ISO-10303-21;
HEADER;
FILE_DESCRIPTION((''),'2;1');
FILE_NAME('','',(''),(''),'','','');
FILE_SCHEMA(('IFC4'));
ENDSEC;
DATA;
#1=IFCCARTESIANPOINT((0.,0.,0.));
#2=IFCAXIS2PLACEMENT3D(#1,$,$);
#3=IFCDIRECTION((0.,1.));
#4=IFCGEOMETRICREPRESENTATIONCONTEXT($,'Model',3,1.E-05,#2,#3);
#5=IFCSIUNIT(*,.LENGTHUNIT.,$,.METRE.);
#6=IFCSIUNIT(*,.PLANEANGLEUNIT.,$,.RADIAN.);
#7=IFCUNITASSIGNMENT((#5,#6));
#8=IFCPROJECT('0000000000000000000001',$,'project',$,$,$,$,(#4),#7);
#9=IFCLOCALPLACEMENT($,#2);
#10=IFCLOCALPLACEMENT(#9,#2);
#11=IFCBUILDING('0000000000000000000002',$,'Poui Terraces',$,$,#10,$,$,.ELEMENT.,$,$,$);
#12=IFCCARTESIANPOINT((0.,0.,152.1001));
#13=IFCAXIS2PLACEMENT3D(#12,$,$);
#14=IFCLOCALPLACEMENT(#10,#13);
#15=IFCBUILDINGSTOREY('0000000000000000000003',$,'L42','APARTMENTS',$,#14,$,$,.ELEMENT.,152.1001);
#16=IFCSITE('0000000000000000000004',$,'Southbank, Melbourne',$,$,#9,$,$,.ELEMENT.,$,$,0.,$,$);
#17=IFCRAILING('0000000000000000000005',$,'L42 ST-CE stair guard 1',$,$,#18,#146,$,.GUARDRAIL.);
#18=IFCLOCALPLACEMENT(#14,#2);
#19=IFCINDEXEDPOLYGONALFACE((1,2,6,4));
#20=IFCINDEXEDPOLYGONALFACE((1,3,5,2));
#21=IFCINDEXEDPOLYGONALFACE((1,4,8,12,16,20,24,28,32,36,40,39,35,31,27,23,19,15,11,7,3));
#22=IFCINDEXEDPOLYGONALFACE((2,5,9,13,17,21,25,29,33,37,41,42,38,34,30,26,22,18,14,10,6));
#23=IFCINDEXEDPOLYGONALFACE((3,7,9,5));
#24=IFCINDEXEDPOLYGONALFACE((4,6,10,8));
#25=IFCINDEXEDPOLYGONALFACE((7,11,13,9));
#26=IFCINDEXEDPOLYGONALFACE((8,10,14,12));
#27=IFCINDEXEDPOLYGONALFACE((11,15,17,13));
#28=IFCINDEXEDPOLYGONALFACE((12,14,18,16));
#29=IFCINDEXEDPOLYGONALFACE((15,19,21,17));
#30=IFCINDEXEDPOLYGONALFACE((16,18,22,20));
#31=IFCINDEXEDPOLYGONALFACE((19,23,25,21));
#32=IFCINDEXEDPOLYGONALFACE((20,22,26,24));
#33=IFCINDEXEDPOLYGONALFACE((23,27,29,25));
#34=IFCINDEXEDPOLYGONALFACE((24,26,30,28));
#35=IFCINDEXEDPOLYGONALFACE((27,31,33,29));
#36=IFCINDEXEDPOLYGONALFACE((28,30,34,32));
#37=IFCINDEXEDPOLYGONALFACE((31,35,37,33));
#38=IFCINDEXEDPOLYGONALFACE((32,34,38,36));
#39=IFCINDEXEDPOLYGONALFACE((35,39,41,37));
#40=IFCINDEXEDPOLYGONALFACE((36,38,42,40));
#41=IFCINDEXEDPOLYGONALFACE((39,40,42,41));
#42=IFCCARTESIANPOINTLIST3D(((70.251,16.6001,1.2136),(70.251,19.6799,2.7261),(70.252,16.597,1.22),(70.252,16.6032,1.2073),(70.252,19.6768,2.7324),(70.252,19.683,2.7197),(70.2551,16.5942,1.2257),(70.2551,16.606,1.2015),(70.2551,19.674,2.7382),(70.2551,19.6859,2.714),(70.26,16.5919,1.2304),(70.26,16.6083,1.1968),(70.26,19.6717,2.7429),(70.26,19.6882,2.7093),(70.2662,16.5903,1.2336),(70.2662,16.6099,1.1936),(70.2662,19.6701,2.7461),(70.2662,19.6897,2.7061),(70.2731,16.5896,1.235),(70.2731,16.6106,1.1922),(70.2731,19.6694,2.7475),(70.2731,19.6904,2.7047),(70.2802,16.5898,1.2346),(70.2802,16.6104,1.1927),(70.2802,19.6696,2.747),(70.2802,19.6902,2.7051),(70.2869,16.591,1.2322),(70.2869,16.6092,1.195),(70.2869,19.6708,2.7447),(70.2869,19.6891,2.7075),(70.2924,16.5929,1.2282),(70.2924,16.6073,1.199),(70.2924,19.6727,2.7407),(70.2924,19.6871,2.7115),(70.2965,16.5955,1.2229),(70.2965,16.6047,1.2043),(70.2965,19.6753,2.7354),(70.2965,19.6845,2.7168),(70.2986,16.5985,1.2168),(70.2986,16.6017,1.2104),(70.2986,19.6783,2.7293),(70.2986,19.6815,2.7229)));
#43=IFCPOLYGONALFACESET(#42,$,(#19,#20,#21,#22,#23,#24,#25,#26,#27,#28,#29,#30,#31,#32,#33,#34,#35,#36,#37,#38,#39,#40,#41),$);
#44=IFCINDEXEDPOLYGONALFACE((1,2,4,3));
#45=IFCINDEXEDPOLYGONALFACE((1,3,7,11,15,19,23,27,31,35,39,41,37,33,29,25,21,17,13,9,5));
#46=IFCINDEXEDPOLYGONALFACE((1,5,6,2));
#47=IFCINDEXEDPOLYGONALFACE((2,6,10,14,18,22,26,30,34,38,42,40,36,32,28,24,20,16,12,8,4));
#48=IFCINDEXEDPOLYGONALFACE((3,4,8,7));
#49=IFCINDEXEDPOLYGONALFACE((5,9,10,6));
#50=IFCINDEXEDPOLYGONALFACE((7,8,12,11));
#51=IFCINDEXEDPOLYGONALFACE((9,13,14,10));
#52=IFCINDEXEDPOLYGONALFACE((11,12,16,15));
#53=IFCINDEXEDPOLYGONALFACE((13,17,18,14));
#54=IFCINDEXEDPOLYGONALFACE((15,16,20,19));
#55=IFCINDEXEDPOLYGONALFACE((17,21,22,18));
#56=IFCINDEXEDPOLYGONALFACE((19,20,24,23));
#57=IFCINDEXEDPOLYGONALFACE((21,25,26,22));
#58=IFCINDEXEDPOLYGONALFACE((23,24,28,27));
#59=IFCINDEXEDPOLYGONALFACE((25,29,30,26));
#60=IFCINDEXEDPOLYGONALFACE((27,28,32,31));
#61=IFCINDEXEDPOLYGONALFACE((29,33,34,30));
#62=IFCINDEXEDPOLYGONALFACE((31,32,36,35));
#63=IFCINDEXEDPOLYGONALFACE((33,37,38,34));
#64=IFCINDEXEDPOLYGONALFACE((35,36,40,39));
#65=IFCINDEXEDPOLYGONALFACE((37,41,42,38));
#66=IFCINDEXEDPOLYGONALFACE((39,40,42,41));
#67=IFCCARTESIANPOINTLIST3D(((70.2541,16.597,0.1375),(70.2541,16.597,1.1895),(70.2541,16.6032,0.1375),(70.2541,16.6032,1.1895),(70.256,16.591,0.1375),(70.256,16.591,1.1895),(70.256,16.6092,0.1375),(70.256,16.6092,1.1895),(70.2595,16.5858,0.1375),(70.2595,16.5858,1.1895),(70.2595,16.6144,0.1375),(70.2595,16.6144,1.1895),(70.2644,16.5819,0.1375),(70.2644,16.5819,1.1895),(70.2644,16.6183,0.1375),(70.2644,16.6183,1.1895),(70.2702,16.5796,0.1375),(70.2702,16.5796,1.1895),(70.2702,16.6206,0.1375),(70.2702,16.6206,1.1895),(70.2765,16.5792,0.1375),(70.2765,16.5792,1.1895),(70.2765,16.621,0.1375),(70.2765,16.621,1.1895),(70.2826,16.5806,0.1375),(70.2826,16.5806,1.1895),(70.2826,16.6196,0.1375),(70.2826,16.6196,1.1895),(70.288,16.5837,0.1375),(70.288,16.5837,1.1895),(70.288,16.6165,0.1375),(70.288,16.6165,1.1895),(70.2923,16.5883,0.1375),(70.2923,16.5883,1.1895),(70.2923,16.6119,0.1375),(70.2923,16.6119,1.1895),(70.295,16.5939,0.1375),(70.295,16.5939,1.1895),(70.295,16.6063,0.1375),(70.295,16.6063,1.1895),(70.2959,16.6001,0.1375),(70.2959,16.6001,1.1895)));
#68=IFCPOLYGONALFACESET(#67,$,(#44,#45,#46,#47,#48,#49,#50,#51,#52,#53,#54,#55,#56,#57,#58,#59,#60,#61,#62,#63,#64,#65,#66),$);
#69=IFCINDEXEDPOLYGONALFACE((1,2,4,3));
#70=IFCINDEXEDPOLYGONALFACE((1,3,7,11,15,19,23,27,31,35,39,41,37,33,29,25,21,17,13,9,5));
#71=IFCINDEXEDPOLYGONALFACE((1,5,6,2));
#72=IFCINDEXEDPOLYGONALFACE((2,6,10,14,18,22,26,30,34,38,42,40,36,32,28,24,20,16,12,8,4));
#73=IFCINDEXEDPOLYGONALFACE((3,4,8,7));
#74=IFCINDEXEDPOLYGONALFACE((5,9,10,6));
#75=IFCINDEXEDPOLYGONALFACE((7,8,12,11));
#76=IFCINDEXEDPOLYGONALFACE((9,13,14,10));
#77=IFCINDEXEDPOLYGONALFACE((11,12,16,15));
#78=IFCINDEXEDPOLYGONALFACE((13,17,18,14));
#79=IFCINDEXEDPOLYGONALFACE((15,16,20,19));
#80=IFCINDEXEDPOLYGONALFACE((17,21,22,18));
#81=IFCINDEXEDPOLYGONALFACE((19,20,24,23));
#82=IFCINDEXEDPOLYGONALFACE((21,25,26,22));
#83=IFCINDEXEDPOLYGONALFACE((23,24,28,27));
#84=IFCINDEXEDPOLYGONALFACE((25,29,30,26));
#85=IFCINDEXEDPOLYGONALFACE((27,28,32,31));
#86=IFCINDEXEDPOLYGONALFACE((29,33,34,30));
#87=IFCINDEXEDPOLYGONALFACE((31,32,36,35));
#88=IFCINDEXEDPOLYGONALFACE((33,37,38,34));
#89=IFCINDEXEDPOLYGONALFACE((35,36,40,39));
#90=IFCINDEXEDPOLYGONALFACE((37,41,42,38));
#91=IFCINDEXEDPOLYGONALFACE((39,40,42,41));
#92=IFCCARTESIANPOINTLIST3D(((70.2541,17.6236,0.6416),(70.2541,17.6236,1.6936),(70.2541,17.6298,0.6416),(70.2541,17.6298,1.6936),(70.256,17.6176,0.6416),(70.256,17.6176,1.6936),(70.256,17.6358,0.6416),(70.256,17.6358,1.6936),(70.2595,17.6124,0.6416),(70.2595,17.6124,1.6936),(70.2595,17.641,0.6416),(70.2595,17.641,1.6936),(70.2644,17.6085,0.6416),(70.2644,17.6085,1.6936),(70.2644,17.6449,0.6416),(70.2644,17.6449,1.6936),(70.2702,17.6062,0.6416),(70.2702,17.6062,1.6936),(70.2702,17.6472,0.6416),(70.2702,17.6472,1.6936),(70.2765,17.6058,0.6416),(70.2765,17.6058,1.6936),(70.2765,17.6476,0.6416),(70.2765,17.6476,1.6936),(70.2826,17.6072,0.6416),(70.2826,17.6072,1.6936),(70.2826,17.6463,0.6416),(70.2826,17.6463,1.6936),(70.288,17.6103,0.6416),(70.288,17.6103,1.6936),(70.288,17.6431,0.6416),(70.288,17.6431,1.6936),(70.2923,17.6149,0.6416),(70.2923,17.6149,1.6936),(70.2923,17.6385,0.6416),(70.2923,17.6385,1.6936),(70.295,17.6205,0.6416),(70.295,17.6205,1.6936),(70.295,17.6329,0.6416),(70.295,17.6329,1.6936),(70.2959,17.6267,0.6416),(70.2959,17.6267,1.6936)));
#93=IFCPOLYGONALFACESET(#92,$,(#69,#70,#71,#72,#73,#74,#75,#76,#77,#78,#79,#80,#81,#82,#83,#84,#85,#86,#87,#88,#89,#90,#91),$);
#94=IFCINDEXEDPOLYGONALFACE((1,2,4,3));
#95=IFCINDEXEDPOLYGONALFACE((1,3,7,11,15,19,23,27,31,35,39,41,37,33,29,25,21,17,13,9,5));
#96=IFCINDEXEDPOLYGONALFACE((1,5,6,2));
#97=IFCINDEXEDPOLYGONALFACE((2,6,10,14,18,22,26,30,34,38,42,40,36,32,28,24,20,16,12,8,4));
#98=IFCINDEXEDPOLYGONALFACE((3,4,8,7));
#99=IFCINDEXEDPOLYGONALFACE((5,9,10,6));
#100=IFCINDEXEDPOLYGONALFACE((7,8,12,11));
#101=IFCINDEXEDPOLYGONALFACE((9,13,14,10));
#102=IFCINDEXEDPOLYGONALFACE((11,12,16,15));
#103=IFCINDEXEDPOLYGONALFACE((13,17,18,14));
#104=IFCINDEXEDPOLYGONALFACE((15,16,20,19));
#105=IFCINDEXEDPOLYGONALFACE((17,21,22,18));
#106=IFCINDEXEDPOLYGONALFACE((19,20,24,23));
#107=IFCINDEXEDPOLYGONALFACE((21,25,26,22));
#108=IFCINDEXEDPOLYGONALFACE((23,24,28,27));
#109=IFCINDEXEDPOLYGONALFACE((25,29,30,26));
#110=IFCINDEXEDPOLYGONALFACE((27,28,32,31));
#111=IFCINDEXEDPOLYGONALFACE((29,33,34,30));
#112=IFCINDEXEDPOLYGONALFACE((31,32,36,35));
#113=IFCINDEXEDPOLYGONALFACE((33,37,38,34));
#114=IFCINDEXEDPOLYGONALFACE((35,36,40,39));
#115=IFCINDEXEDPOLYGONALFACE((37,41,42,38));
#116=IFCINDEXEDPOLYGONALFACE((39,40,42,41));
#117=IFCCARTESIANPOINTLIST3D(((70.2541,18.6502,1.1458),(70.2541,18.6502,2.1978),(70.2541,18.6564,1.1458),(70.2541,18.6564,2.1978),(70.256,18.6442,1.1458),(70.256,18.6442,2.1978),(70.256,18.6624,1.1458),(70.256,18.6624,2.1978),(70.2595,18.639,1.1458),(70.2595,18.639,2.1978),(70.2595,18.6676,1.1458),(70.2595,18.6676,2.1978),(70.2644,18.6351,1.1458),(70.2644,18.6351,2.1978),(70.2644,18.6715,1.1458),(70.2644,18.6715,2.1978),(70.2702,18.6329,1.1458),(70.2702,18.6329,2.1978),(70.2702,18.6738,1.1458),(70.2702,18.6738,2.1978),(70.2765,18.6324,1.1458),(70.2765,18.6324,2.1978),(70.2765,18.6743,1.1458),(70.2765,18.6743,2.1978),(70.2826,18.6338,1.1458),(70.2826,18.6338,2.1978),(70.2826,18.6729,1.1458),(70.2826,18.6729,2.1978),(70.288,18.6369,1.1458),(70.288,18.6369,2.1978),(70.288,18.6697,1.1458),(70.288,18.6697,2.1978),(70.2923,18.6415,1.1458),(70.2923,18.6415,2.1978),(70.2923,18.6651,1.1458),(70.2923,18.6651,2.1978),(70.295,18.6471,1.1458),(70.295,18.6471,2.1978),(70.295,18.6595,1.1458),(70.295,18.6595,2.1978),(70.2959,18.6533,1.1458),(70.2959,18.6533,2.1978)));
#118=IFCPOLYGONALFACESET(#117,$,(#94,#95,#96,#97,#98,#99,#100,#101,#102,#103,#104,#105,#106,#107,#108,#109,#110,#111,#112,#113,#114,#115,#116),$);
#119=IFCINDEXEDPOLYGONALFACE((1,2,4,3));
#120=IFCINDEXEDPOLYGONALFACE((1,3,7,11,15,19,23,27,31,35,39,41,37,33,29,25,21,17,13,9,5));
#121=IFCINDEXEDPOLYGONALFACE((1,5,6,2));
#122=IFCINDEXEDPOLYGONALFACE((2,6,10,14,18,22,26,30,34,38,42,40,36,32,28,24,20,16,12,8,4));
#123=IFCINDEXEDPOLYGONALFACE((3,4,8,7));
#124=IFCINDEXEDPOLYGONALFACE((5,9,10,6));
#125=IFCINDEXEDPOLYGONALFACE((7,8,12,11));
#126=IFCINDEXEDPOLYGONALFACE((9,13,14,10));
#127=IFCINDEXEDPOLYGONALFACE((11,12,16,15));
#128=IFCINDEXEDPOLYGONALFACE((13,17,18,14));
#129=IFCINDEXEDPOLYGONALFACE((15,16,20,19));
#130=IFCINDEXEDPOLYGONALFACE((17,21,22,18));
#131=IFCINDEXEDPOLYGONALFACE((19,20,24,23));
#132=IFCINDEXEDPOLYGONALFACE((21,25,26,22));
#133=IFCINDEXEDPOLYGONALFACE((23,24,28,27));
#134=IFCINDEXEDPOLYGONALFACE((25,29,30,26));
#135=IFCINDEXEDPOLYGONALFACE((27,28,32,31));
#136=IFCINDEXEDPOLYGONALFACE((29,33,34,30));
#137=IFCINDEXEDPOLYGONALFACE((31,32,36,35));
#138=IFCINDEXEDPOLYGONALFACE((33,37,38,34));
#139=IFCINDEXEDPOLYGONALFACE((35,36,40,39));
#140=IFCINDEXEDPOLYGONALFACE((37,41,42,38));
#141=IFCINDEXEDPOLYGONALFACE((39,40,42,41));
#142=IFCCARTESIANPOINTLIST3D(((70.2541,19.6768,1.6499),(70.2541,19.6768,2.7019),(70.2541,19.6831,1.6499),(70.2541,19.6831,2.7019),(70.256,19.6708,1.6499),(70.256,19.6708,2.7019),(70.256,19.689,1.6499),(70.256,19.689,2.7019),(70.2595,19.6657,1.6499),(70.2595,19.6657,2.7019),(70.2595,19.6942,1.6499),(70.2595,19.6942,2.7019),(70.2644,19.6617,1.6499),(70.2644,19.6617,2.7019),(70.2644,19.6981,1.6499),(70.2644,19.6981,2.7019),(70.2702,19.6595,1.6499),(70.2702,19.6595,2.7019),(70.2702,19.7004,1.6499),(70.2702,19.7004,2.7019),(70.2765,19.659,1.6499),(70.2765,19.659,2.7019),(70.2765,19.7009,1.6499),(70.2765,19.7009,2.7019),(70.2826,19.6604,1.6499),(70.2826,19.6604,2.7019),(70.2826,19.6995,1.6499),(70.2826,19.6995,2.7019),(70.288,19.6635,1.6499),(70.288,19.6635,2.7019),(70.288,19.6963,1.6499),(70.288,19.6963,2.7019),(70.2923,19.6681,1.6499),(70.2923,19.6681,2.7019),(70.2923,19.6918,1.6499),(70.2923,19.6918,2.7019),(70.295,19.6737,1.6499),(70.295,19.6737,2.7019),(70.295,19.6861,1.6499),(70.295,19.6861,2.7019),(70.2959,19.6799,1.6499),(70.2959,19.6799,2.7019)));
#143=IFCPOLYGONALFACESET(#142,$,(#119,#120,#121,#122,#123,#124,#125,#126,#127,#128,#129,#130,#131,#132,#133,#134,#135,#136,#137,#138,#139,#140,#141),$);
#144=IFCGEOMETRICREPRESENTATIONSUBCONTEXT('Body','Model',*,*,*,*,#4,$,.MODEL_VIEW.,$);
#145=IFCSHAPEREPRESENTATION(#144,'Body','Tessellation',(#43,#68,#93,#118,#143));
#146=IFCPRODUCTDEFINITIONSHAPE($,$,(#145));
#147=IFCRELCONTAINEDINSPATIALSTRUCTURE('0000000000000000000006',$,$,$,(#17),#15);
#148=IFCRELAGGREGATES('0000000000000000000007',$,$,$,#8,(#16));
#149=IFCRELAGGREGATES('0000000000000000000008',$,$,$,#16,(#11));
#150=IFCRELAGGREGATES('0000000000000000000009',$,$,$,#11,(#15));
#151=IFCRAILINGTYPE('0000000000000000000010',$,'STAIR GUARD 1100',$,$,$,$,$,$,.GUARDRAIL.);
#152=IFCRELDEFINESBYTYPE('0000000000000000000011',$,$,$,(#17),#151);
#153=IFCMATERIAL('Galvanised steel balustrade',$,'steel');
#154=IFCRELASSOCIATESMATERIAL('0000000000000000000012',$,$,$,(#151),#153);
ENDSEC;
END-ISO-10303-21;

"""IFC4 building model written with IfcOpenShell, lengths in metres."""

from ifc_helpers import new_model, si_unit, direction, frame, origin, origin_2d, place, context, subcontext, project, spatial, circle, extrude, material, type_object, element, save


model = new_model("IFC4")

# Units and contexts
model_context = context("Model", 3, precision=1e-05, world=origin(), true_north=direction((0.0, 1.0)))
body_context = subcontext(model_context, "Body", "Model", "MODEL_VIEW")
ifc_project = project(units=[si_unit("LENGTHUNIT", "METRE"), si_unit("PLANEANGLEUNIT", "RADIAN")], contexts=[model_context])

# Site, building, storey
site_placement = place(None, origin())
site = spatial("IfcSite", under=ifc_project, at=site_placement, Name="Southbank, Melbourne", CompositionType="ELEMENT", RefElevation=0.0)
building_placement = place(site_placement, origin())
building = spatial("IfcBuilding", under=site, at=building_placement, Name="Poui Terraces", CompositionType="ELEMENT")
storey_placement = place(building_placement, frame((0.0, 0.0, 152.1001)))
storey = spatial("IfcBuildingStorey", under=building, at=storey_placement, Name="L42", Description="APARTMENTS", CompositionType="ELEMENT", Elevation=152.1001)

# Railing
ifc_material_1 = material(Name="Galvanised steel balustrade", Category="steel")
railing_type_1 = type_object("IfcRailingType", Name="STAIR GUARD 1100", PredefinedType="GUARDRAIL", material=ifc_material_1)
railing_1_placement = place(storey_placement, frame((70.2749, 16.6001, 0.1375)))
element("IfcRailing", 1, at=railing_1_placement, inside=storey, type_object=railing_type_1, Name="L42 ST-CE stair guard 1", PredefinedType="GUARDRAIL", context=body_context, shape_type="SweptSolid", body=[
    extrude(circle(Radius=0.0239, at=origin_2d()), frame((0.0, 0.0, 1.0762), z_axis=(0.0, 0.897606, 0.440798), x_axis=(-1.0, 0.0, 0.0)), (0.0, 0.0, 1.0), 3.4312),
    extrude(circle(Radius=0.021, at=origin_2d()), origin(), (0.0, 0.0, 1.0), 1.052),
    extrude(circle(Radius=0.021, at=origin_2d()), frame((0.0, 1.0266, 0.5042)), (0.0, 0.0, 1.0), 1.052),
    extrude(circle(Radius=0.021, at=origin_2d()), frame((0.0, 2.0532, 1.0083)), (0.0, 0.0, 1.0), 1.052),
    extrude(circle(Radius=0.021, at=origin_2d()), frame((0.0, 3.0798, 1.5125)), (0.0, 0.0, 1.0), 1.052),
])

save(model, "model.ifc")
